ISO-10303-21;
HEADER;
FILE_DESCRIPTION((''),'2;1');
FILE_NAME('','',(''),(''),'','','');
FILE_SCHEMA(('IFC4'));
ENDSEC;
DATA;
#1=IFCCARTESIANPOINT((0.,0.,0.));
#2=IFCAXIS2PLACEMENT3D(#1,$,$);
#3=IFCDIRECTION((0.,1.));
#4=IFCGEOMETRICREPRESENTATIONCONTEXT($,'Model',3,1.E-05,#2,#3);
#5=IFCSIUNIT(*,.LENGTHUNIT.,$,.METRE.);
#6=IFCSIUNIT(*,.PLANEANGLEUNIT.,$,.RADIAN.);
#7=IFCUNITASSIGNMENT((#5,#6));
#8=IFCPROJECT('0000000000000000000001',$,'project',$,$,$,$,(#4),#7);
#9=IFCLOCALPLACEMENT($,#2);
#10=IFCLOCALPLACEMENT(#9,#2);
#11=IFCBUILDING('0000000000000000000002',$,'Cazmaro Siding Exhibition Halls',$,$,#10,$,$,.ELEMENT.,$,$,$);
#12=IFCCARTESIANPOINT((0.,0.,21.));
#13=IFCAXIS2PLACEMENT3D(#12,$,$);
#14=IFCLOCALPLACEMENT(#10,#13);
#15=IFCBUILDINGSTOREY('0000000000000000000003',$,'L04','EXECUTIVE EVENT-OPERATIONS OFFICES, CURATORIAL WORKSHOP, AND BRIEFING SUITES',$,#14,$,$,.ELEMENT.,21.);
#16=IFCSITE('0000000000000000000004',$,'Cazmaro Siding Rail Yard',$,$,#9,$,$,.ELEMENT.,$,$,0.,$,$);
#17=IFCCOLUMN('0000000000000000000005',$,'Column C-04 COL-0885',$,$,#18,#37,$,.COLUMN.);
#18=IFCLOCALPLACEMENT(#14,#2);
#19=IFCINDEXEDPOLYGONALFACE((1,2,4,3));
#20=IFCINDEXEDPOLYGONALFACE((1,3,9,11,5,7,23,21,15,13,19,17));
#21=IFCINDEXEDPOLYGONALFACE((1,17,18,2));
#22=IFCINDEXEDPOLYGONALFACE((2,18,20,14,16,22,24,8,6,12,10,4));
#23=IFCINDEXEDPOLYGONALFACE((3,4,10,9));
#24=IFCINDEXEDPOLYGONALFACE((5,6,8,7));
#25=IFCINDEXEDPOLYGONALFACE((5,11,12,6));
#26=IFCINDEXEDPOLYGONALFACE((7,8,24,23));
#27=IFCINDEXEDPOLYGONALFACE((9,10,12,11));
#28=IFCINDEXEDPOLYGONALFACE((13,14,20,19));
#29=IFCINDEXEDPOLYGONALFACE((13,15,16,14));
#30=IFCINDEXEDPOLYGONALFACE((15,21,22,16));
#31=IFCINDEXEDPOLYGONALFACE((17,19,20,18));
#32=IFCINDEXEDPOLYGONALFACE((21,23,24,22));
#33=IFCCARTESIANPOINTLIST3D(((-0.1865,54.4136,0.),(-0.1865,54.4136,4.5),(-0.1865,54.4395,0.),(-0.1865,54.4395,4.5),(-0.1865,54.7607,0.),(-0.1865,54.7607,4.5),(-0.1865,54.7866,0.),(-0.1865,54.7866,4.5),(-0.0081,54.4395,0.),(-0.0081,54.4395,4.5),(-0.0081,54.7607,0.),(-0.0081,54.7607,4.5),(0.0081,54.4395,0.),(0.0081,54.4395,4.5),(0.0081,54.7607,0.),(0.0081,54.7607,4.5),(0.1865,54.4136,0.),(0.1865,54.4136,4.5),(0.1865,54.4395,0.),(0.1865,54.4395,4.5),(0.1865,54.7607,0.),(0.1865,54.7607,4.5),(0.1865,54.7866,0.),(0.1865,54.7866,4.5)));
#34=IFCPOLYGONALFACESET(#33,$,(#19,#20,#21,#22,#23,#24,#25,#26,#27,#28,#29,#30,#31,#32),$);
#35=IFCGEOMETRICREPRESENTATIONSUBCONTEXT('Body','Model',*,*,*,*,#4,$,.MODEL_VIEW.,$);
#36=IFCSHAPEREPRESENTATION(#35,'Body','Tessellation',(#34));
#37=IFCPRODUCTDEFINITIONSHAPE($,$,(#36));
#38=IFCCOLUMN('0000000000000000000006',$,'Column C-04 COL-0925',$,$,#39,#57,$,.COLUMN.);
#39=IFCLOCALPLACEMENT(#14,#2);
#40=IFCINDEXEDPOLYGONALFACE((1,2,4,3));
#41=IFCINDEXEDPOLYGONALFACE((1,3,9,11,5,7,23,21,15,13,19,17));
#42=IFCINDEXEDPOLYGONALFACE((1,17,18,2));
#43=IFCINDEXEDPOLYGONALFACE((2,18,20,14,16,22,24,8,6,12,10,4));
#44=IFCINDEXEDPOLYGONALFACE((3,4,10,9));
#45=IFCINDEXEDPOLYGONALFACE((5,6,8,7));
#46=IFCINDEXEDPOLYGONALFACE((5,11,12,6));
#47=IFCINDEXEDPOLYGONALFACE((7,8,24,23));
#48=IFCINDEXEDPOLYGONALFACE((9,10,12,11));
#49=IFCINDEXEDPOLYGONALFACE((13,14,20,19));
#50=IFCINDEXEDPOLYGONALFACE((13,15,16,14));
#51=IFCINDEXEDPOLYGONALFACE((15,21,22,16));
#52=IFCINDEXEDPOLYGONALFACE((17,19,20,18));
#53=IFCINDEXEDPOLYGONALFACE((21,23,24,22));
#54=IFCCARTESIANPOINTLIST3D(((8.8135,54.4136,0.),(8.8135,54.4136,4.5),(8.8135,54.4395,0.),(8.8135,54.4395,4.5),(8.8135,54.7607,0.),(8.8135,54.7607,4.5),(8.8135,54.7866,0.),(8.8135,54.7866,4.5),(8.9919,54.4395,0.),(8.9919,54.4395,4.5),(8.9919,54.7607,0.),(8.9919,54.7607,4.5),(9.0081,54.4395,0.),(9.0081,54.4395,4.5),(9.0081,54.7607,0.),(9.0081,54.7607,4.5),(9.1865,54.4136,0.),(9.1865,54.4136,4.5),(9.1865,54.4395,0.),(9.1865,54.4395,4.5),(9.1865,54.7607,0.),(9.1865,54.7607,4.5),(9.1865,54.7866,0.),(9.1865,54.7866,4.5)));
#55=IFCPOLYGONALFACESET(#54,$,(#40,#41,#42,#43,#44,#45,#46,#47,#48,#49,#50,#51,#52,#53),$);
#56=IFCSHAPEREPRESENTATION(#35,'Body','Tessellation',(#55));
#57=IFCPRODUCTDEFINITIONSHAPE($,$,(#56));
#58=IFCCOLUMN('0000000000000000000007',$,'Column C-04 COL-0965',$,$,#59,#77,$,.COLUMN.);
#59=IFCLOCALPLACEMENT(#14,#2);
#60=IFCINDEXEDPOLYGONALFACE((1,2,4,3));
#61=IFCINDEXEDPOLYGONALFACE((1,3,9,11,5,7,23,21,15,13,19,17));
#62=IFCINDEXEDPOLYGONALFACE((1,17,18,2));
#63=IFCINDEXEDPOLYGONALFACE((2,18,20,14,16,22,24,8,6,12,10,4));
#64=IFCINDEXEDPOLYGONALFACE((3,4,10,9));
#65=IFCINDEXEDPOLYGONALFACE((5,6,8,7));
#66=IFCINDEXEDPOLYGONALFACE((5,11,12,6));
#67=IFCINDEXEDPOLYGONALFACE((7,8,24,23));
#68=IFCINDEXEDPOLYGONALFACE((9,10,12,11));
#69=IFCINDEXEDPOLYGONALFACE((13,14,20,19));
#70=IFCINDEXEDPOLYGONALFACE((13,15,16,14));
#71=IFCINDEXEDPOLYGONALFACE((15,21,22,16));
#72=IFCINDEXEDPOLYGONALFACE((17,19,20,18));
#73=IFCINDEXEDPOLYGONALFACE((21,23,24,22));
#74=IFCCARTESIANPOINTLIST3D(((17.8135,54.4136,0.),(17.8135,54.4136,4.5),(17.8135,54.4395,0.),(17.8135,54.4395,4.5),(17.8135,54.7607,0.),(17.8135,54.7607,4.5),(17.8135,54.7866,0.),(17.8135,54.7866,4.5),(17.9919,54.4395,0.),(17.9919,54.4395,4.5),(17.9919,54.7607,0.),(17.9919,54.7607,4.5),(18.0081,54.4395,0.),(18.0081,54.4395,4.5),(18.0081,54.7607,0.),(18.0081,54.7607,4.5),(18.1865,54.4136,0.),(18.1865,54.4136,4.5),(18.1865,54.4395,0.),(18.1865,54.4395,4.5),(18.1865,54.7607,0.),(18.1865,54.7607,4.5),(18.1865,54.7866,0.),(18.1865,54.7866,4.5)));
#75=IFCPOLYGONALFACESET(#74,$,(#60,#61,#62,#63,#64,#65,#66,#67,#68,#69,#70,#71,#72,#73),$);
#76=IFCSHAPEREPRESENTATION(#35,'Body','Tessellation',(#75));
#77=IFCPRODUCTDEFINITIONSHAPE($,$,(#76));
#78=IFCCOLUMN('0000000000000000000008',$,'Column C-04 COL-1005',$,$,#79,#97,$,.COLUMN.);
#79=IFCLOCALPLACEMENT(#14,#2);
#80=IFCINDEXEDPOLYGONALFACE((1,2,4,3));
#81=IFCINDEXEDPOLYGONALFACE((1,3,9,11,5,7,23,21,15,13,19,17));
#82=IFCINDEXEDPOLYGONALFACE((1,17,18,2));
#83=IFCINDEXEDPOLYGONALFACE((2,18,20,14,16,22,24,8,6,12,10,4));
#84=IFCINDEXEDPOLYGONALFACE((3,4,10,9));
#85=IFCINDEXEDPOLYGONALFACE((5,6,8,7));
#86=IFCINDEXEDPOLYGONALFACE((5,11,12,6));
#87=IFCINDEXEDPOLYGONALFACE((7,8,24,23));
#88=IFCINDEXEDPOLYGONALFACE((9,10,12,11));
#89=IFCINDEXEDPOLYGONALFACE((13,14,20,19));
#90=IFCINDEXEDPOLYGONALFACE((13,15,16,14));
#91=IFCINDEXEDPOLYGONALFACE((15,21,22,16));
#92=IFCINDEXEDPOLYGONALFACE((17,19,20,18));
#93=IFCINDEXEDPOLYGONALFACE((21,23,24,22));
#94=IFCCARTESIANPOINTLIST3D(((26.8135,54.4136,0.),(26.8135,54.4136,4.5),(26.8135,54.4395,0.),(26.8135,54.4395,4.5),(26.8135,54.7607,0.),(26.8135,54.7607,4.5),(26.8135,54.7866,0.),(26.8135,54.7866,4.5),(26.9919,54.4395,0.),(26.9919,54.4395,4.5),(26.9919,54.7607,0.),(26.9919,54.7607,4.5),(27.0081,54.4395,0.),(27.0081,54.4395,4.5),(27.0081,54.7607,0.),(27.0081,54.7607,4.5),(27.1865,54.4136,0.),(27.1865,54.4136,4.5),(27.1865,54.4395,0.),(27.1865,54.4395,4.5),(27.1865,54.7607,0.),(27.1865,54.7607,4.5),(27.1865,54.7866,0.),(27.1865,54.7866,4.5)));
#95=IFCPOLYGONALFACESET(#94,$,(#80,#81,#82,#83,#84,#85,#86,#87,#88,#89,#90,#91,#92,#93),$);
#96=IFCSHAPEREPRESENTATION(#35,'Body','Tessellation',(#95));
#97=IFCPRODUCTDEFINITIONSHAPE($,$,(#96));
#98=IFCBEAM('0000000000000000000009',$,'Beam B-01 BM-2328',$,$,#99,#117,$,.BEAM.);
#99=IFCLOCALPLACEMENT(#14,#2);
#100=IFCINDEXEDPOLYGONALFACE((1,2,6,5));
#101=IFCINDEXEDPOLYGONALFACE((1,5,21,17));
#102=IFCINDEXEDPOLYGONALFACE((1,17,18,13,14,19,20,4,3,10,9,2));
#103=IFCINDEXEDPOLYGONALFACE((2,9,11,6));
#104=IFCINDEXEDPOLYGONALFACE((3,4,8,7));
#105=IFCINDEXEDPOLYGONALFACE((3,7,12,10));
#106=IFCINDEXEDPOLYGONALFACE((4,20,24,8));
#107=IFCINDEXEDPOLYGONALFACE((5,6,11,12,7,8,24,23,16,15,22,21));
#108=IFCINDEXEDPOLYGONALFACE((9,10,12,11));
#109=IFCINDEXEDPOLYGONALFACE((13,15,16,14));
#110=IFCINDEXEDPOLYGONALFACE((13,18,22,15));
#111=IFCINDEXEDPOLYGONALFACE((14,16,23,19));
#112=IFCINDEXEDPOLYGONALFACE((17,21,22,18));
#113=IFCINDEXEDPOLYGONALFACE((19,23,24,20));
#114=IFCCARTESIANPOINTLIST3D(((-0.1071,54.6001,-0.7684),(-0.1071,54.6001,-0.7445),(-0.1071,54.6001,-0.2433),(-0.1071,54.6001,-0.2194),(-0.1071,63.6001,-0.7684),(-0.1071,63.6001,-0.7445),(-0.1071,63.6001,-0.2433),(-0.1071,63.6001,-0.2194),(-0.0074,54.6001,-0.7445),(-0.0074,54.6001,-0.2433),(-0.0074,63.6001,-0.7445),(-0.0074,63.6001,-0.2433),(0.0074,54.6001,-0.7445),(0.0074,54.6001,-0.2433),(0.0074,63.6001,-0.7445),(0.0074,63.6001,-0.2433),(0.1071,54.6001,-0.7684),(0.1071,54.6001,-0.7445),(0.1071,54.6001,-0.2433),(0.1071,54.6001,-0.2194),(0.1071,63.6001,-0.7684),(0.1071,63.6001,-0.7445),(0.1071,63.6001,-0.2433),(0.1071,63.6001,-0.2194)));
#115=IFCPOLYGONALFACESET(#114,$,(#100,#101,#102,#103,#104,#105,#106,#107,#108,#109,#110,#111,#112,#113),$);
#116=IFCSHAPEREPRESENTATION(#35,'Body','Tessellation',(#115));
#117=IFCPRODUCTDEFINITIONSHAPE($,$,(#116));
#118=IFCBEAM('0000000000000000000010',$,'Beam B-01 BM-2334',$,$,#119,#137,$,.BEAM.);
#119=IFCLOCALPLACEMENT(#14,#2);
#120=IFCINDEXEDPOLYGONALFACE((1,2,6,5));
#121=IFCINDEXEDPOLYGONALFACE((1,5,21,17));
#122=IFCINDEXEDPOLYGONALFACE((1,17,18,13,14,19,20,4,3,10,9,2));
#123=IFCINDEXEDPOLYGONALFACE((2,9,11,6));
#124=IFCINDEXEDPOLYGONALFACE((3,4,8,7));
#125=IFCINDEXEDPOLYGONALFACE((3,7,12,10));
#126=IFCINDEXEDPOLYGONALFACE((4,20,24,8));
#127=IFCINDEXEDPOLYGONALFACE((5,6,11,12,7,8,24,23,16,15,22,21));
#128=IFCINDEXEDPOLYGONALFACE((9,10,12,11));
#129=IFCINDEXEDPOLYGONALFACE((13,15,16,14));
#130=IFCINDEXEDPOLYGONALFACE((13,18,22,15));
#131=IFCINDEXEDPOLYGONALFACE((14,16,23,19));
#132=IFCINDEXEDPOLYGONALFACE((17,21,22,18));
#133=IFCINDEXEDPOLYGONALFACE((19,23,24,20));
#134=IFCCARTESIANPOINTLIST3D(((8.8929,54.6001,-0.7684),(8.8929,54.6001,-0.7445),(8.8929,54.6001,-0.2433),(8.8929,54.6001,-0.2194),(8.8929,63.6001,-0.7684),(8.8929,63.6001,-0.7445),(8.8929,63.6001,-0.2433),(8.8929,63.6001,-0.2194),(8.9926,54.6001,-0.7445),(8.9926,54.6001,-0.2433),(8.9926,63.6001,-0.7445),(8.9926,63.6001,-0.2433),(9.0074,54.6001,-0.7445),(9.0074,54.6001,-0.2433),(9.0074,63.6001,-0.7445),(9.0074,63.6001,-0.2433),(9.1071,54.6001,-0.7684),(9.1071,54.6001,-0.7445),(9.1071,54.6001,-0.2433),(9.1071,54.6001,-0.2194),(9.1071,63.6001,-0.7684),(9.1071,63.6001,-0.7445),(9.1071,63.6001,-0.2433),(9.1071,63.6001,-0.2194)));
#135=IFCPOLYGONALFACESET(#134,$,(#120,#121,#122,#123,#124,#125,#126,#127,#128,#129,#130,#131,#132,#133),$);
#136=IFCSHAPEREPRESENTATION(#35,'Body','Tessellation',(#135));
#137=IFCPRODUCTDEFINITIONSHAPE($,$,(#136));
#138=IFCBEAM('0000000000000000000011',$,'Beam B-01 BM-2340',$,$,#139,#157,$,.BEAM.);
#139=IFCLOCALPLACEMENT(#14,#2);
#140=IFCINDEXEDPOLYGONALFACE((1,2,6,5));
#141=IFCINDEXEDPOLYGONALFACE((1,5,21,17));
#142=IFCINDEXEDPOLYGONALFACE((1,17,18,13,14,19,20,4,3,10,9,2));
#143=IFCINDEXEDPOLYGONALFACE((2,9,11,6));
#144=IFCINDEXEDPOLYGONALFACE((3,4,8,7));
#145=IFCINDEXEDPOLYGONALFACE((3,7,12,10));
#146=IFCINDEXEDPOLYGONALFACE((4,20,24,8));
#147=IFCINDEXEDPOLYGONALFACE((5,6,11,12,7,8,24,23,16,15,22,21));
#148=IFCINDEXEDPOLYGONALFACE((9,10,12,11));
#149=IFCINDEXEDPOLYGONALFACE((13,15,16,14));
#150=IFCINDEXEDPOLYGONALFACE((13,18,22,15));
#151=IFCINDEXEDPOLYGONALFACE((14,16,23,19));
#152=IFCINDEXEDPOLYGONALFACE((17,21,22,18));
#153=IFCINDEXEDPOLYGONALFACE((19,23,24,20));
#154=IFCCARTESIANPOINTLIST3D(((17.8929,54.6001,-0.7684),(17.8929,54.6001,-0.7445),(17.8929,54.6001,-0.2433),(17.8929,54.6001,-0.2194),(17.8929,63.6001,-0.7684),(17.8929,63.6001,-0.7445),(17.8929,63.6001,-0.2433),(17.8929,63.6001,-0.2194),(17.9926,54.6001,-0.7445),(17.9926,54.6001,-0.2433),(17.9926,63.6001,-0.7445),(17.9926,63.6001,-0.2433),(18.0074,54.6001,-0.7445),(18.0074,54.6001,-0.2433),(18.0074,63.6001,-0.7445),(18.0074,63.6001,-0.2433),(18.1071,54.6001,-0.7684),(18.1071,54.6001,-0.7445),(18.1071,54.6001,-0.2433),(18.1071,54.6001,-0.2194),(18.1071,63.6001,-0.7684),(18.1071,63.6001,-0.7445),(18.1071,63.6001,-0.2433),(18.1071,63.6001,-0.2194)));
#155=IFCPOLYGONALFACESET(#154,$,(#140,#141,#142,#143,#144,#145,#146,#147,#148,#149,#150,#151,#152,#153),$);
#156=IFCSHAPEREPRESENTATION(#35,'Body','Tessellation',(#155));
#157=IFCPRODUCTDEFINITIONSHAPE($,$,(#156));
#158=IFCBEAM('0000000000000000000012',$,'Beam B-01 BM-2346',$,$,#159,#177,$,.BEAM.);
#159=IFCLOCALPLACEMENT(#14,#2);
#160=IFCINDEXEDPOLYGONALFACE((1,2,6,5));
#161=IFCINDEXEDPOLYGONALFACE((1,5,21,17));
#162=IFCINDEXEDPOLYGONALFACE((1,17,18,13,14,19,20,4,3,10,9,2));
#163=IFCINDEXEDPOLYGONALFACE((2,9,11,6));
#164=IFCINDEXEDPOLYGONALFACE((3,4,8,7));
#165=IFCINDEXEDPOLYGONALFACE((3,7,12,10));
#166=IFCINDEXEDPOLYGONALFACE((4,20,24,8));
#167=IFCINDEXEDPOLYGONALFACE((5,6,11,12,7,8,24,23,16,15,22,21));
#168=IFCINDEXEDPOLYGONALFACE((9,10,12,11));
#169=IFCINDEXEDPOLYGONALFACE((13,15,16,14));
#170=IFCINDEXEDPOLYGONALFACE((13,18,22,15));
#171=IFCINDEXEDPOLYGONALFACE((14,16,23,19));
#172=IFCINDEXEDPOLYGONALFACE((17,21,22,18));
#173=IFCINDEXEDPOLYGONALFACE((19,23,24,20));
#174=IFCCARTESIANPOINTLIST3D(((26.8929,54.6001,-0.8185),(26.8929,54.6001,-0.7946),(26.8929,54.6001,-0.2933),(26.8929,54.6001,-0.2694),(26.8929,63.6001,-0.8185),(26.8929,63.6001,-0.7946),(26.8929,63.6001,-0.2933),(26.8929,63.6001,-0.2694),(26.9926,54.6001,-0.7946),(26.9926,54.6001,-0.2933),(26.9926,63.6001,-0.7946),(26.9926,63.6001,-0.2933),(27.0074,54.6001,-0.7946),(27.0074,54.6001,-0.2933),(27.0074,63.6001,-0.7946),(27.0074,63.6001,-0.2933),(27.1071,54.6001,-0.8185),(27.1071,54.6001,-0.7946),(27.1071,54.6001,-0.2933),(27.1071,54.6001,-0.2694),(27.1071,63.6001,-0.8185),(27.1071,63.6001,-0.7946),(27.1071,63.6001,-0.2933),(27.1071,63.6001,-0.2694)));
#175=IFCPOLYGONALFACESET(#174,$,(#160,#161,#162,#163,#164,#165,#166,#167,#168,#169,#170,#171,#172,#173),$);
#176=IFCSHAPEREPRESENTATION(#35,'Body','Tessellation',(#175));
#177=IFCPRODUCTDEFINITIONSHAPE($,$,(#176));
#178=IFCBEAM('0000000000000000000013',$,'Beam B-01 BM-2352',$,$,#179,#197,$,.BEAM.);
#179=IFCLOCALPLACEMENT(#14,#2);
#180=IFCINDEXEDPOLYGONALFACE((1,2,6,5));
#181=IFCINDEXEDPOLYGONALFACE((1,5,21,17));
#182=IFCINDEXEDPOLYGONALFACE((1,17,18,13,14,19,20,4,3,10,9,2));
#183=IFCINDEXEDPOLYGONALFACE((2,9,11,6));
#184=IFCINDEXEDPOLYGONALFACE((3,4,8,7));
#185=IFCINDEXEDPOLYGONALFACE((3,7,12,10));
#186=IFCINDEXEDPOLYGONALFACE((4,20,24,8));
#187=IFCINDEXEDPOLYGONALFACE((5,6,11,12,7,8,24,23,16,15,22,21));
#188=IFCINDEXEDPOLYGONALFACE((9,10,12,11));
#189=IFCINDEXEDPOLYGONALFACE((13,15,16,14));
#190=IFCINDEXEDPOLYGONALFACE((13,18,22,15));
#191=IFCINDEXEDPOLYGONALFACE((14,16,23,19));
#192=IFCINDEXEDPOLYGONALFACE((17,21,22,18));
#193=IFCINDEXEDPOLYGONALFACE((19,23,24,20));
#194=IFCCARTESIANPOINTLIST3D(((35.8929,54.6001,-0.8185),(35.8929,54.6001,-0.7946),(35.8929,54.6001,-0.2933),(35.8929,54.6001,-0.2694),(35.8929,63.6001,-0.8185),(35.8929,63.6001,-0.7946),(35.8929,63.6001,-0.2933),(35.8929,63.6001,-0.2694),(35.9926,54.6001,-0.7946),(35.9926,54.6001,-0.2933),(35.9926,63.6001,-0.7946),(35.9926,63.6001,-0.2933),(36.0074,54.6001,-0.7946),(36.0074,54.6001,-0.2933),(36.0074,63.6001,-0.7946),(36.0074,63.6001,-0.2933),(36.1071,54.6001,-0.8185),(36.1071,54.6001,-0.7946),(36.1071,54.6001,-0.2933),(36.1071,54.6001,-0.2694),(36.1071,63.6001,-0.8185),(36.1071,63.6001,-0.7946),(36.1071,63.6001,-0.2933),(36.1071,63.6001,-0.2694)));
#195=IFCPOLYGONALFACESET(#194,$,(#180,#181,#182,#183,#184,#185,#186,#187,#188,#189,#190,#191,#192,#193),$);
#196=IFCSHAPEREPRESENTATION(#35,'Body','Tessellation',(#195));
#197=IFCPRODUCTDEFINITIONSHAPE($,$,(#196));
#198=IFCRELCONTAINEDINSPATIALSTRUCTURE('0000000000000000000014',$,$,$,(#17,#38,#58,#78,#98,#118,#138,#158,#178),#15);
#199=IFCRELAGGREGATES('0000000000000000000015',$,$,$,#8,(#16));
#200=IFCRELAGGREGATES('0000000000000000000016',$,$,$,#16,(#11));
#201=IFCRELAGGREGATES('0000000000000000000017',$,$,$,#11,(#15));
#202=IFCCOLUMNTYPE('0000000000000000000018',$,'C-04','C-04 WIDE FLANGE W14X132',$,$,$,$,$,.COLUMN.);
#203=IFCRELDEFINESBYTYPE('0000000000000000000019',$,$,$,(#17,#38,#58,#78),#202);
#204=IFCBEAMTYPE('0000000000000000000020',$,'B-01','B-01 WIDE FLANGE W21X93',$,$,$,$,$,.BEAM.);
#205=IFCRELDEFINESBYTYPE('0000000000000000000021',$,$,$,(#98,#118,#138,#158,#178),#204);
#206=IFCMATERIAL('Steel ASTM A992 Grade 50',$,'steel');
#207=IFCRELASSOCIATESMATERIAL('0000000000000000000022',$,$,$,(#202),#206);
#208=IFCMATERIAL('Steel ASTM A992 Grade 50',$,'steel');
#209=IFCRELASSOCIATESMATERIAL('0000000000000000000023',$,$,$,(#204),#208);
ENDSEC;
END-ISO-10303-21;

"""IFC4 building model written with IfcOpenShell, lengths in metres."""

from ifc_helpers import new_model, si_unit, direction, frame, origin, origin_2d, place, context, subcontext, project, spatial, i_section, extrude, material, material_profile, profile_set, type_object, element, save


model = new_model("IFC4")

# Units and contexts
model_context = context("Model", 3, precision=1e-05, world=origin(), true_north=direction((0.0, 1.0)))
body_context = subcontext(model_context, "Body", "Model", "MODEL_VIEW")
ifc_project = project(units=[si_unit("LENGTHUNIT", "METRE"), si_unit("PLANEANGLEUNIT", "RADIAN")], contexts=[model_context])

# Site, building, storey
site_placement = place(None, origin())
site = spatial("IfcSite", under=ifc_project, at=site_placement, Name="Cazmaro Siding Rail Yard", CompositionType="ELEMENT", RefElevation=0.0)
building_placement = place(site_placement, origin())
building = spatial("IfcBuilding", under=site, at=building_placement, Name="Cazmaro Siding Exhibition Halls", CompositionType="ELEMENT")
storey_placement = place(building_placement, frame((0.0, 0.0, 21.0)))
storey = spatial("IfcBuildingStorey", under=building, at=storey_placement, Name="L04", Description="EXECUTIVE EVENT-OPERATIONS OFFICES, CURATORIAL WORKSHOP, AND BRIEFING SUITES", CompositionType="ELEMENT", Elevation=21.0)

# Columns
ifc_material_1 = material(Name="Steel ASTM A992 Grade 50", Category="steel")
ifc_material_profile_1 = material_profile(ifc_material_1, i_section(OverallWidth=0.373, OverallDepth=0.373, WebThickness=0.0161, FlangeThickness=0.0259, at=origin_2d()), Name="W14X132")
ifc_profile_set_1 = profile_set([ifc_material_profile_1], Name="Steel ASTM A992 Grade 50")
column_type = type_object("IfcColumnType", Name="C-04", Description="C-04 WIDE FLANGE W14X132", PredefinedType="COLUMN", material=ifc_profile_set_1)
for number, where, z_axis, x_axis, name in (
    (1, (0.0, 54.6001, 0.0), (0.0, 0.0, 1.0), (1.0, 0.0, 0.0), "Column C-04 COL-0885"),
    (2, (9.0, 54.6001, 0.0), (0.0, 0.0, 1.0), (1.0, 0.0, 0.0), "Column C-04 COL-0925"),
    (3, (18.0, 54.6001, 0.0), (0.0, 0.0, 1.0), (1.0, 0.0, 0.0), "Column C-04 COL-0965"),
    (4, (27.0, 54.6001, 0.0), (0.0, 0.0, 1.0), (1.0, 0.0, 0.0), "Column C-04 COL-1005"),
):
    element("IfcColumn", number, at=place(storey_placement, frame(where, z_axis=z_axis, x_axis=x_axis)), inside=storey, type_object=column_type, Name=name, PredefinedType="COLUMN", context=body_context, shape_type="SweptSolid", body=[
        extrude(i_section(OverallWidth=0.373, OverallDepth=0.373, WebThickness=0.0161, FlangeThickness=0.0259, at=origin_2d()), origin(), (0.0, 0.0, 1.0), 4.5),
    ])

# Beams
ifc_material_2 = material(Name="Steel ASTM A992 Grade 50", Category="steel")
ifc_material_profile_2 = material_profile(ifc_material_2, i_section(OverallWidth=0.2141, OverallDepth=0.5491, WebThickness=0.0149, FlangeThickness=0.0239, at=origin_2d()), Name="W21X93")
ifc_profile_set_2 = profile_set([ifc_material_profile_2], Name="Steel ASTM A992 Grade 50")
beam_type_1 = type_object("IfcBeamType", Name="B-01", Description="B-01 WIDE FLANGE W21X93", PredefinedType="BEAM", material=ifc_profile_set_2)
for number, where, z_axis, x_axis, name in (
    (5, (0.0, 54.6001, -0.4939), (0.0, 1.0, 0.0), (-1.0, 0.0, 0.0), "Beam B-01 BM-2328"),
    (6, (9.0, 54.6001, -0.4939), (0.0, 1.0, 0.0), (-1.0, 0.0, 0.0), "Beam B-01 BM-2334"),
    (7, (18.0, 54.6001, -0.4939), (0.0, 1.0, 0.0), (-1.0, 0.0, 0.0), "Beam B-01 BM-2340"),
    (8, (27.0, 54.6001, -0.5439), (0.0, 1.0, 0.0), (-1.0, 0.0, 0.0), "Beam B-01 BM-2346"),
    (9, (36.0, 54.6001, -0.5439), (0.0, 1.0, 0.0), (-1.0, 0.0, 0.0), "Beam B-01 BM-2352"),
):
    element("IfcBeam", number, at=place(storey_placement, frame(where, z_axis=z_axis, x_axis=x_axis)), inside=storey, type_object=beam_type_1, Name=name, PredefinedType="BEAM", context=body_context, shape_type="SweptSolid", body=[
        extrude(i_section(OverallWidth=0.2141, OverallDepth=0.5491, WebThickness=0.0149, FlangeThickness=0.0239, at=origin_2d()), origin(), (0.0, 0.0, 1.0), 9.0),
    ])

save(model, "model.ifc")
